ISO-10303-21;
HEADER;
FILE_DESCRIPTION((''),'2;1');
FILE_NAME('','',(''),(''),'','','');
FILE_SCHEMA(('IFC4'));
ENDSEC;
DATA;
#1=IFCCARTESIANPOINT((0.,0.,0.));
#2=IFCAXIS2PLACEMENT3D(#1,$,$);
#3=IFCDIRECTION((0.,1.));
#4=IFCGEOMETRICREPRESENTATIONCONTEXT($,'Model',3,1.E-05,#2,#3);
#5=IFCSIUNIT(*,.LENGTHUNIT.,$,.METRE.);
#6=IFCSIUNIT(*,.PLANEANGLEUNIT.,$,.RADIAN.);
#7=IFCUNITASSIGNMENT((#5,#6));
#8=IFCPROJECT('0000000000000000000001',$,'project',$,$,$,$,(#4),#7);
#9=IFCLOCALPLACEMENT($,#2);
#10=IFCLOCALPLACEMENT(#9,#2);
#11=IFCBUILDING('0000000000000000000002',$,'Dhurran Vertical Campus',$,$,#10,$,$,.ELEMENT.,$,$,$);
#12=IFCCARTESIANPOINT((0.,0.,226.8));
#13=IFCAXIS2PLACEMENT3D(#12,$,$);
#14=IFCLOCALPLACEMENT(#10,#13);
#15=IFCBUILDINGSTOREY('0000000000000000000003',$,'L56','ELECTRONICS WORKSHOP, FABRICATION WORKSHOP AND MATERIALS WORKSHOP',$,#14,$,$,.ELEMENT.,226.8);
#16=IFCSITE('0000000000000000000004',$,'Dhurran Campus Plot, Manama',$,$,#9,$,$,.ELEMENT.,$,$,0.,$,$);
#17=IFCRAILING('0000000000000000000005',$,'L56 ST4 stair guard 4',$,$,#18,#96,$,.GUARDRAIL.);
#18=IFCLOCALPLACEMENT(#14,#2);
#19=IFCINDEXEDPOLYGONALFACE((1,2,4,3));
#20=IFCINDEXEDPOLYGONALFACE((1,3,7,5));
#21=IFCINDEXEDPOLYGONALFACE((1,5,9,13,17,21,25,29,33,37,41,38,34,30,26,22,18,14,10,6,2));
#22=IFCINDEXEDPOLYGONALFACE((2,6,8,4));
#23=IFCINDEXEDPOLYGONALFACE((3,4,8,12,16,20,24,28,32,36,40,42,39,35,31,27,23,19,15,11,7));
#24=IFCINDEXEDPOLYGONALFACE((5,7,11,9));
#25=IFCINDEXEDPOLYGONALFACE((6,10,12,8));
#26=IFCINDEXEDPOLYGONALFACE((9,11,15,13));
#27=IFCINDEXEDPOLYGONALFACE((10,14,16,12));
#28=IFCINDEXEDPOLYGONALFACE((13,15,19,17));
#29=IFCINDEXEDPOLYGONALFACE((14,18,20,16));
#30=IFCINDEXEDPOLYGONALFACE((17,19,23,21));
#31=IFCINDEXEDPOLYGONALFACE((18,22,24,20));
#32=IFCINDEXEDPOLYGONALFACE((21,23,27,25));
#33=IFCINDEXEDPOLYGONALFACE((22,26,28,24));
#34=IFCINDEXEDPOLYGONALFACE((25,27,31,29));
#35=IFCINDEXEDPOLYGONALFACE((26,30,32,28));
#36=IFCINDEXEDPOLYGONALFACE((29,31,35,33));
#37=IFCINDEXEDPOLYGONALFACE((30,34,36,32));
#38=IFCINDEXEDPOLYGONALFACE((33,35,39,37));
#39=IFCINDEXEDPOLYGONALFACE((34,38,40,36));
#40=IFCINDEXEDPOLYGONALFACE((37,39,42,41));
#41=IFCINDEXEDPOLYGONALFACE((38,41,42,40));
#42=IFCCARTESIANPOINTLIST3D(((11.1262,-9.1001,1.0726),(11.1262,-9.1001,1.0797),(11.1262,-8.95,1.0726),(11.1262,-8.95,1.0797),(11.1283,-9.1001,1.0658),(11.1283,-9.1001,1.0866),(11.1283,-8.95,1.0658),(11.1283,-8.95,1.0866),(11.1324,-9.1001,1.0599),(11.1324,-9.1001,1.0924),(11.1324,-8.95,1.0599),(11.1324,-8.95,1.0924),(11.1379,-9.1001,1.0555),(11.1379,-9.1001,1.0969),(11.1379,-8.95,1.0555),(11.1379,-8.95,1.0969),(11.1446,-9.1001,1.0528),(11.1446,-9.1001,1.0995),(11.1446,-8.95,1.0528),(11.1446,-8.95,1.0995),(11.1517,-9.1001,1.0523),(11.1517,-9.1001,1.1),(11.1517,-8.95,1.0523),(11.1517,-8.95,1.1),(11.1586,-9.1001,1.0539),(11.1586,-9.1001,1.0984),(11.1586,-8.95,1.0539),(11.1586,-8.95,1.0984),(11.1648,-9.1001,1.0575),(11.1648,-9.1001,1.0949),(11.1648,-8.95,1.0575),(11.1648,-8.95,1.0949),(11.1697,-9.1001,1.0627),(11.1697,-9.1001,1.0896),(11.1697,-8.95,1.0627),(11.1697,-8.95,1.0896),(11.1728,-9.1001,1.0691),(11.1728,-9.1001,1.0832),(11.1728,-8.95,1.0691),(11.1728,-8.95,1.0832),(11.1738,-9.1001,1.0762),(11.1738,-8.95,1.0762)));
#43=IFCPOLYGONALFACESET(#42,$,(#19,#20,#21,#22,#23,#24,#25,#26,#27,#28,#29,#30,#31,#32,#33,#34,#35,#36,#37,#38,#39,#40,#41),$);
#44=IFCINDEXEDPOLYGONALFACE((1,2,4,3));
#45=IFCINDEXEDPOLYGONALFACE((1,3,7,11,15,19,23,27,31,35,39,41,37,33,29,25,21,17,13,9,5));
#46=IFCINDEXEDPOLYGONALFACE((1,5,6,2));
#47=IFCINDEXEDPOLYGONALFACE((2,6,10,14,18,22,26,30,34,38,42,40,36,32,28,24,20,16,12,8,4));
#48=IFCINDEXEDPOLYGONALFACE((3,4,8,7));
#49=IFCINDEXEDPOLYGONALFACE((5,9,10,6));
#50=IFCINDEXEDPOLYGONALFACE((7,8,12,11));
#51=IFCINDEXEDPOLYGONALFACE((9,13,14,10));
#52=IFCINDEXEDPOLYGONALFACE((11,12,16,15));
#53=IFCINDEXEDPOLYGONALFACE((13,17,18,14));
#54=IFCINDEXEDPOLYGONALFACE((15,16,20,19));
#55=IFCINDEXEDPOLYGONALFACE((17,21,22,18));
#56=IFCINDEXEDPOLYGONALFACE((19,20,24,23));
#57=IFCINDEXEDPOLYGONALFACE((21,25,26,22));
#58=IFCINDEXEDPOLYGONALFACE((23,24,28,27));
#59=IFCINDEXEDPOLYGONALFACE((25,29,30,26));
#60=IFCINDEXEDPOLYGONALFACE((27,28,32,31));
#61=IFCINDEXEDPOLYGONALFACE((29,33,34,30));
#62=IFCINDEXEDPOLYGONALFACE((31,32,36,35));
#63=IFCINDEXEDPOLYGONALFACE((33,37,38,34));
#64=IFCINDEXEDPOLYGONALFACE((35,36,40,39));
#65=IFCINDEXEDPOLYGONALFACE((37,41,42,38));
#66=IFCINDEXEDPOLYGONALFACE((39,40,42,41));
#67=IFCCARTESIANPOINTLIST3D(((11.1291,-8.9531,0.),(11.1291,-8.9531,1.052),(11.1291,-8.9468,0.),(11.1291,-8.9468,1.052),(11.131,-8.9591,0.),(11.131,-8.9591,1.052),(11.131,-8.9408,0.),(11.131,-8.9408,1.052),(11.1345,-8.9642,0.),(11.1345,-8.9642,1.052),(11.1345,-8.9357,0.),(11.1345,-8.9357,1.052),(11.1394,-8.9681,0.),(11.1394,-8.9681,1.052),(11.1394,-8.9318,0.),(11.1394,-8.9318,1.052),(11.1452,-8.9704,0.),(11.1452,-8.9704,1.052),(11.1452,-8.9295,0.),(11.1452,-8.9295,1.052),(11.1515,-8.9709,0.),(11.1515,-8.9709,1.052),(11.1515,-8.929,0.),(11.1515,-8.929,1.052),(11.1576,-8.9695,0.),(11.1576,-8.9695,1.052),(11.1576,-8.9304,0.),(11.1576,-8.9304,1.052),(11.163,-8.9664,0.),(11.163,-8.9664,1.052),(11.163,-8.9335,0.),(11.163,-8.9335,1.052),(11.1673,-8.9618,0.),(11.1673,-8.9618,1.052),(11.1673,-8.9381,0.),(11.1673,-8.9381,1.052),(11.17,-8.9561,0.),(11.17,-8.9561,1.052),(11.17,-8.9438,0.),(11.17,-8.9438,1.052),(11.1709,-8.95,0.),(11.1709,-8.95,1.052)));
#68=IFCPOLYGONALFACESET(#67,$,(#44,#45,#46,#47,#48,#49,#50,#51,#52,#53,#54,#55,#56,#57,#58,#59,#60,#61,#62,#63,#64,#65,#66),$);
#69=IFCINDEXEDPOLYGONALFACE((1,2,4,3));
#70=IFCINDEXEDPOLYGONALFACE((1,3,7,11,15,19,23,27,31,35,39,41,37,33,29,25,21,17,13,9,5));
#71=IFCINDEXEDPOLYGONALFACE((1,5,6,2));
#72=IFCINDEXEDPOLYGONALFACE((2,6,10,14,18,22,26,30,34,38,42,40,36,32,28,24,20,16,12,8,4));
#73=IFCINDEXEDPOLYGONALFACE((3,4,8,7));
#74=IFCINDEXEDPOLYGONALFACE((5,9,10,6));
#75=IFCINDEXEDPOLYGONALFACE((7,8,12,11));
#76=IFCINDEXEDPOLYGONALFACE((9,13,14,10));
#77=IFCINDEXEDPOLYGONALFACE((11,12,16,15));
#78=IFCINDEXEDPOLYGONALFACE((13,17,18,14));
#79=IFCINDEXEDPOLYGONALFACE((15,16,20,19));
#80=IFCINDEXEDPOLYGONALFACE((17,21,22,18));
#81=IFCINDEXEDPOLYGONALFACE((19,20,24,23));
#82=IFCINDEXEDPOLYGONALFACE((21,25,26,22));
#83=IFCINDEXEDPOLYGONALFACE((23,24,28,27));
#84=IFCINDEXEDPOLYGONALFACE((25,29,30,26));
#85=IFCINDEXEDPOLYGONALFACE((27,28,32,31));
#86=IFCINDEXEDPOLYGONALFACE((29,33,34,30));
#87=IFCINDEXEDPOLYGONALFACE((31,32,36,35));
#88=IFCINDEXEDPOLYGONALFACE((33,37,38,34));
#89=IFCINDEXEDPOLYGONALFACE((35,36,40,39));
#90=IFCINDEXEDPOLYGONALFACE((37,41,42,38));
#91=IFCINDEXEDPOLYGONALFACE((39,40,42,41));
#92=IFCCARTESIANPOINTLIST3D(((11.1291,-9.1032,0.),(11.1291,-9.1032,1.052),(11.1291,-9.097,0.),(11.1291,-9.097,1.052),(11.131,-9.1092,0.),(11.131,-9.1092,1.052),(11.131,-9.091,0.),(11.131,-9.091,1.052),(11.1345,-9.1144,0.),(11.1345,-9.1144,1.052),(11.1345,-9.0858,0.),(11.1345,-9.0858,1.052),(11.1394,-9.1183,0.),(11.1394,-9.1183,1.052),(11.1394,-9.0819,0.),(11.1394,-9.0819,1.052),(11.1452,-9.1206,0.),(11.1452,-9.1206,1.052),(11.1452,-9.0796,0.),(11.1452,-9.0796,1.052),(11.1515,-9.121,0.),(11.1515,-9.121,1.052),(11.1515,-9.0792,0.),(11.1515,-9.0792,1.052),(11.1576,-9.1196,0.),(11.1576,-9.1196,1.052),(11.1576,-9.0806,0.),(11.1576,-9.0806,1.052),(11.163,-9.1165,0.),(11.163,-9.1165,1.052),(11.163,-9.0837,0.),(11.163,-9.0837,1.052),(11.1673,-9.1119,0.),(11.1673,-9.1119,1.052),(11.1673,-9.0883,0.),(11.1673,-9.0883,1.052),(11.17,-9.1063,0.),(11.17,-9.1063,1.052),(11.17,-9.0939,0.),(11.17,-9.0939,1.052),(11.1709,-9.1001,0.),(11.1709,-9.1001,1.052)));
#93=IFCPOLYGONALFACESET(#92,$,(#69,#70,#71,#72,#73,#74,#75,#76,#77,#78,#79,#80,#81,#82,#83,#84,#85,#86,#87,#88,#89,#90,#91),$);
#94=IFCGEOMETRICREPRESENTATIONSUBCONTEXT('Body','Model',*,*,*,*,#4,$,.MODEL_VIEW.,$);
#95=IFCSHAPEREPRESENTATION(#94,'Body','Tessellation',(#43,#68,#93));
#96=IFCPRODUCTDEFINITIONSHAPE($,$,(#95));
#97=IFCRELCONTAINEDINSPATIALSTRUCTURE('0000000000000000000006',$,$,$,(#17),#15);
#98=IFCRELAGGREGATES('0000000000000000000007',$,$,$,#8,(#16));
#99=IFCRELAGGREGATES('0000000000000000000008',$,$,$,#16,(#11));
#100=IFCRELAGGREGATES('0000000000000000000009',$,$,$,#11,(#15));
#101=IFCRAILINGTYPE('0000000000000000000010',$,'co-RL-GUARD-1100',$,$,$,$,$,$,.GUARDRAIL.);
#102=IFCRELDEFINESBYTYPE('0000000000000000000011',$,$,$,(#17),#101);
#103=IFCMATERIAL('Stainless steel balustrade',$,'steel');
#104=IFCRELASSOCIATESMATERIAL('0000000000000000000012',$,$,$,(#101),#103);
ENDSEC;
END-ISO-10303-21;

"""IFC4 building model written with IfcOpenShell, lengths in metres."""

from ifc_helpers import new_model, si_unit, direction, frame, origin, origin_2d, place, context, subcontext, project, spatial, circle, extrude, material, type_object, element, save


model = new_model("IFC4")

# Units and contexts
model_context = context("Model", 3, precision=1e-05, world=origin(), true_north=direction((0.0, 1.0)))
body_context = subcontext(model_context, "Body", "Model", "MODEL_VIEW")
ifc_project = project(units=[si_unit("LENGTHUNIT", "METRE"), si_unit("PLANEANGLEUNIT", "RADIAN")], contexts=[model_context])

# Site, building, storey
site_placement = place(None, origin())
site = spatial("IfcSite", under=ifc_project, at=site_placement, Name="Dhurran Campus Plot, Manama", CompositionType="ELEMENT", RefElevation=0.0)
building_placement = place(site_placement, origin())
building = spatial("IfcBuilding", under=site, at=building_placement, Name="Dhurran Vertical Campus", CompositionType="ELEMENT")
storey_placement = place(building_placement, frame((0.0, 0.0, 226.8)))
storey = spatial("IfcBuildingStorey", under=building, at=storey_placement, Name="L56", Description="ELECTRONICS WORKSHOP, FABRICATION WORKSHOP AND MATERIALS WORKSHOP", CompositionType="ELEMENT", Elevation=226.8)

# Railing
ifc_material_1 = material(Name="Stainless steel balustrade", Category="steel")
railing_type = type_object("IfcRailingType", Name="co-RL-GUARD-1100", PredefinedType="GUARDRAIL", material=ifc_material_1)
railing_placement = place(storey_placement, frame((11.1499, -8.95, 0.0)))
element("IfcRailing", 1, at=railing_placement, inside=storey, type_object=railing_type, Name="L56 ST4 stair guard 4", PredefinedType="GUARDRAIL", context=body_context, shape_type="SweptSolid", body=[
    extrude(circle(Radius=0.0239, at=origin_2d()), frame((0.0, 0.0, 1.0762), z_axis=(0.0, -1.0, 0.0), x_axis=(1.0, 0.0, 0.0)), (0.0, 0.0, 1.0), 0.1501),
    extrude(circle(Radius=0.021, at=origin_2d()), origin(), (0.0, 0.0, 1.0), 1.052),
    extrude(circle(Radius=0.021, at=origin_2d()), frame((0.0, -0.1501, 0.0)), (0.0, 0.0, 1.0), 1.052),
])

save(model, "model.ifc")
